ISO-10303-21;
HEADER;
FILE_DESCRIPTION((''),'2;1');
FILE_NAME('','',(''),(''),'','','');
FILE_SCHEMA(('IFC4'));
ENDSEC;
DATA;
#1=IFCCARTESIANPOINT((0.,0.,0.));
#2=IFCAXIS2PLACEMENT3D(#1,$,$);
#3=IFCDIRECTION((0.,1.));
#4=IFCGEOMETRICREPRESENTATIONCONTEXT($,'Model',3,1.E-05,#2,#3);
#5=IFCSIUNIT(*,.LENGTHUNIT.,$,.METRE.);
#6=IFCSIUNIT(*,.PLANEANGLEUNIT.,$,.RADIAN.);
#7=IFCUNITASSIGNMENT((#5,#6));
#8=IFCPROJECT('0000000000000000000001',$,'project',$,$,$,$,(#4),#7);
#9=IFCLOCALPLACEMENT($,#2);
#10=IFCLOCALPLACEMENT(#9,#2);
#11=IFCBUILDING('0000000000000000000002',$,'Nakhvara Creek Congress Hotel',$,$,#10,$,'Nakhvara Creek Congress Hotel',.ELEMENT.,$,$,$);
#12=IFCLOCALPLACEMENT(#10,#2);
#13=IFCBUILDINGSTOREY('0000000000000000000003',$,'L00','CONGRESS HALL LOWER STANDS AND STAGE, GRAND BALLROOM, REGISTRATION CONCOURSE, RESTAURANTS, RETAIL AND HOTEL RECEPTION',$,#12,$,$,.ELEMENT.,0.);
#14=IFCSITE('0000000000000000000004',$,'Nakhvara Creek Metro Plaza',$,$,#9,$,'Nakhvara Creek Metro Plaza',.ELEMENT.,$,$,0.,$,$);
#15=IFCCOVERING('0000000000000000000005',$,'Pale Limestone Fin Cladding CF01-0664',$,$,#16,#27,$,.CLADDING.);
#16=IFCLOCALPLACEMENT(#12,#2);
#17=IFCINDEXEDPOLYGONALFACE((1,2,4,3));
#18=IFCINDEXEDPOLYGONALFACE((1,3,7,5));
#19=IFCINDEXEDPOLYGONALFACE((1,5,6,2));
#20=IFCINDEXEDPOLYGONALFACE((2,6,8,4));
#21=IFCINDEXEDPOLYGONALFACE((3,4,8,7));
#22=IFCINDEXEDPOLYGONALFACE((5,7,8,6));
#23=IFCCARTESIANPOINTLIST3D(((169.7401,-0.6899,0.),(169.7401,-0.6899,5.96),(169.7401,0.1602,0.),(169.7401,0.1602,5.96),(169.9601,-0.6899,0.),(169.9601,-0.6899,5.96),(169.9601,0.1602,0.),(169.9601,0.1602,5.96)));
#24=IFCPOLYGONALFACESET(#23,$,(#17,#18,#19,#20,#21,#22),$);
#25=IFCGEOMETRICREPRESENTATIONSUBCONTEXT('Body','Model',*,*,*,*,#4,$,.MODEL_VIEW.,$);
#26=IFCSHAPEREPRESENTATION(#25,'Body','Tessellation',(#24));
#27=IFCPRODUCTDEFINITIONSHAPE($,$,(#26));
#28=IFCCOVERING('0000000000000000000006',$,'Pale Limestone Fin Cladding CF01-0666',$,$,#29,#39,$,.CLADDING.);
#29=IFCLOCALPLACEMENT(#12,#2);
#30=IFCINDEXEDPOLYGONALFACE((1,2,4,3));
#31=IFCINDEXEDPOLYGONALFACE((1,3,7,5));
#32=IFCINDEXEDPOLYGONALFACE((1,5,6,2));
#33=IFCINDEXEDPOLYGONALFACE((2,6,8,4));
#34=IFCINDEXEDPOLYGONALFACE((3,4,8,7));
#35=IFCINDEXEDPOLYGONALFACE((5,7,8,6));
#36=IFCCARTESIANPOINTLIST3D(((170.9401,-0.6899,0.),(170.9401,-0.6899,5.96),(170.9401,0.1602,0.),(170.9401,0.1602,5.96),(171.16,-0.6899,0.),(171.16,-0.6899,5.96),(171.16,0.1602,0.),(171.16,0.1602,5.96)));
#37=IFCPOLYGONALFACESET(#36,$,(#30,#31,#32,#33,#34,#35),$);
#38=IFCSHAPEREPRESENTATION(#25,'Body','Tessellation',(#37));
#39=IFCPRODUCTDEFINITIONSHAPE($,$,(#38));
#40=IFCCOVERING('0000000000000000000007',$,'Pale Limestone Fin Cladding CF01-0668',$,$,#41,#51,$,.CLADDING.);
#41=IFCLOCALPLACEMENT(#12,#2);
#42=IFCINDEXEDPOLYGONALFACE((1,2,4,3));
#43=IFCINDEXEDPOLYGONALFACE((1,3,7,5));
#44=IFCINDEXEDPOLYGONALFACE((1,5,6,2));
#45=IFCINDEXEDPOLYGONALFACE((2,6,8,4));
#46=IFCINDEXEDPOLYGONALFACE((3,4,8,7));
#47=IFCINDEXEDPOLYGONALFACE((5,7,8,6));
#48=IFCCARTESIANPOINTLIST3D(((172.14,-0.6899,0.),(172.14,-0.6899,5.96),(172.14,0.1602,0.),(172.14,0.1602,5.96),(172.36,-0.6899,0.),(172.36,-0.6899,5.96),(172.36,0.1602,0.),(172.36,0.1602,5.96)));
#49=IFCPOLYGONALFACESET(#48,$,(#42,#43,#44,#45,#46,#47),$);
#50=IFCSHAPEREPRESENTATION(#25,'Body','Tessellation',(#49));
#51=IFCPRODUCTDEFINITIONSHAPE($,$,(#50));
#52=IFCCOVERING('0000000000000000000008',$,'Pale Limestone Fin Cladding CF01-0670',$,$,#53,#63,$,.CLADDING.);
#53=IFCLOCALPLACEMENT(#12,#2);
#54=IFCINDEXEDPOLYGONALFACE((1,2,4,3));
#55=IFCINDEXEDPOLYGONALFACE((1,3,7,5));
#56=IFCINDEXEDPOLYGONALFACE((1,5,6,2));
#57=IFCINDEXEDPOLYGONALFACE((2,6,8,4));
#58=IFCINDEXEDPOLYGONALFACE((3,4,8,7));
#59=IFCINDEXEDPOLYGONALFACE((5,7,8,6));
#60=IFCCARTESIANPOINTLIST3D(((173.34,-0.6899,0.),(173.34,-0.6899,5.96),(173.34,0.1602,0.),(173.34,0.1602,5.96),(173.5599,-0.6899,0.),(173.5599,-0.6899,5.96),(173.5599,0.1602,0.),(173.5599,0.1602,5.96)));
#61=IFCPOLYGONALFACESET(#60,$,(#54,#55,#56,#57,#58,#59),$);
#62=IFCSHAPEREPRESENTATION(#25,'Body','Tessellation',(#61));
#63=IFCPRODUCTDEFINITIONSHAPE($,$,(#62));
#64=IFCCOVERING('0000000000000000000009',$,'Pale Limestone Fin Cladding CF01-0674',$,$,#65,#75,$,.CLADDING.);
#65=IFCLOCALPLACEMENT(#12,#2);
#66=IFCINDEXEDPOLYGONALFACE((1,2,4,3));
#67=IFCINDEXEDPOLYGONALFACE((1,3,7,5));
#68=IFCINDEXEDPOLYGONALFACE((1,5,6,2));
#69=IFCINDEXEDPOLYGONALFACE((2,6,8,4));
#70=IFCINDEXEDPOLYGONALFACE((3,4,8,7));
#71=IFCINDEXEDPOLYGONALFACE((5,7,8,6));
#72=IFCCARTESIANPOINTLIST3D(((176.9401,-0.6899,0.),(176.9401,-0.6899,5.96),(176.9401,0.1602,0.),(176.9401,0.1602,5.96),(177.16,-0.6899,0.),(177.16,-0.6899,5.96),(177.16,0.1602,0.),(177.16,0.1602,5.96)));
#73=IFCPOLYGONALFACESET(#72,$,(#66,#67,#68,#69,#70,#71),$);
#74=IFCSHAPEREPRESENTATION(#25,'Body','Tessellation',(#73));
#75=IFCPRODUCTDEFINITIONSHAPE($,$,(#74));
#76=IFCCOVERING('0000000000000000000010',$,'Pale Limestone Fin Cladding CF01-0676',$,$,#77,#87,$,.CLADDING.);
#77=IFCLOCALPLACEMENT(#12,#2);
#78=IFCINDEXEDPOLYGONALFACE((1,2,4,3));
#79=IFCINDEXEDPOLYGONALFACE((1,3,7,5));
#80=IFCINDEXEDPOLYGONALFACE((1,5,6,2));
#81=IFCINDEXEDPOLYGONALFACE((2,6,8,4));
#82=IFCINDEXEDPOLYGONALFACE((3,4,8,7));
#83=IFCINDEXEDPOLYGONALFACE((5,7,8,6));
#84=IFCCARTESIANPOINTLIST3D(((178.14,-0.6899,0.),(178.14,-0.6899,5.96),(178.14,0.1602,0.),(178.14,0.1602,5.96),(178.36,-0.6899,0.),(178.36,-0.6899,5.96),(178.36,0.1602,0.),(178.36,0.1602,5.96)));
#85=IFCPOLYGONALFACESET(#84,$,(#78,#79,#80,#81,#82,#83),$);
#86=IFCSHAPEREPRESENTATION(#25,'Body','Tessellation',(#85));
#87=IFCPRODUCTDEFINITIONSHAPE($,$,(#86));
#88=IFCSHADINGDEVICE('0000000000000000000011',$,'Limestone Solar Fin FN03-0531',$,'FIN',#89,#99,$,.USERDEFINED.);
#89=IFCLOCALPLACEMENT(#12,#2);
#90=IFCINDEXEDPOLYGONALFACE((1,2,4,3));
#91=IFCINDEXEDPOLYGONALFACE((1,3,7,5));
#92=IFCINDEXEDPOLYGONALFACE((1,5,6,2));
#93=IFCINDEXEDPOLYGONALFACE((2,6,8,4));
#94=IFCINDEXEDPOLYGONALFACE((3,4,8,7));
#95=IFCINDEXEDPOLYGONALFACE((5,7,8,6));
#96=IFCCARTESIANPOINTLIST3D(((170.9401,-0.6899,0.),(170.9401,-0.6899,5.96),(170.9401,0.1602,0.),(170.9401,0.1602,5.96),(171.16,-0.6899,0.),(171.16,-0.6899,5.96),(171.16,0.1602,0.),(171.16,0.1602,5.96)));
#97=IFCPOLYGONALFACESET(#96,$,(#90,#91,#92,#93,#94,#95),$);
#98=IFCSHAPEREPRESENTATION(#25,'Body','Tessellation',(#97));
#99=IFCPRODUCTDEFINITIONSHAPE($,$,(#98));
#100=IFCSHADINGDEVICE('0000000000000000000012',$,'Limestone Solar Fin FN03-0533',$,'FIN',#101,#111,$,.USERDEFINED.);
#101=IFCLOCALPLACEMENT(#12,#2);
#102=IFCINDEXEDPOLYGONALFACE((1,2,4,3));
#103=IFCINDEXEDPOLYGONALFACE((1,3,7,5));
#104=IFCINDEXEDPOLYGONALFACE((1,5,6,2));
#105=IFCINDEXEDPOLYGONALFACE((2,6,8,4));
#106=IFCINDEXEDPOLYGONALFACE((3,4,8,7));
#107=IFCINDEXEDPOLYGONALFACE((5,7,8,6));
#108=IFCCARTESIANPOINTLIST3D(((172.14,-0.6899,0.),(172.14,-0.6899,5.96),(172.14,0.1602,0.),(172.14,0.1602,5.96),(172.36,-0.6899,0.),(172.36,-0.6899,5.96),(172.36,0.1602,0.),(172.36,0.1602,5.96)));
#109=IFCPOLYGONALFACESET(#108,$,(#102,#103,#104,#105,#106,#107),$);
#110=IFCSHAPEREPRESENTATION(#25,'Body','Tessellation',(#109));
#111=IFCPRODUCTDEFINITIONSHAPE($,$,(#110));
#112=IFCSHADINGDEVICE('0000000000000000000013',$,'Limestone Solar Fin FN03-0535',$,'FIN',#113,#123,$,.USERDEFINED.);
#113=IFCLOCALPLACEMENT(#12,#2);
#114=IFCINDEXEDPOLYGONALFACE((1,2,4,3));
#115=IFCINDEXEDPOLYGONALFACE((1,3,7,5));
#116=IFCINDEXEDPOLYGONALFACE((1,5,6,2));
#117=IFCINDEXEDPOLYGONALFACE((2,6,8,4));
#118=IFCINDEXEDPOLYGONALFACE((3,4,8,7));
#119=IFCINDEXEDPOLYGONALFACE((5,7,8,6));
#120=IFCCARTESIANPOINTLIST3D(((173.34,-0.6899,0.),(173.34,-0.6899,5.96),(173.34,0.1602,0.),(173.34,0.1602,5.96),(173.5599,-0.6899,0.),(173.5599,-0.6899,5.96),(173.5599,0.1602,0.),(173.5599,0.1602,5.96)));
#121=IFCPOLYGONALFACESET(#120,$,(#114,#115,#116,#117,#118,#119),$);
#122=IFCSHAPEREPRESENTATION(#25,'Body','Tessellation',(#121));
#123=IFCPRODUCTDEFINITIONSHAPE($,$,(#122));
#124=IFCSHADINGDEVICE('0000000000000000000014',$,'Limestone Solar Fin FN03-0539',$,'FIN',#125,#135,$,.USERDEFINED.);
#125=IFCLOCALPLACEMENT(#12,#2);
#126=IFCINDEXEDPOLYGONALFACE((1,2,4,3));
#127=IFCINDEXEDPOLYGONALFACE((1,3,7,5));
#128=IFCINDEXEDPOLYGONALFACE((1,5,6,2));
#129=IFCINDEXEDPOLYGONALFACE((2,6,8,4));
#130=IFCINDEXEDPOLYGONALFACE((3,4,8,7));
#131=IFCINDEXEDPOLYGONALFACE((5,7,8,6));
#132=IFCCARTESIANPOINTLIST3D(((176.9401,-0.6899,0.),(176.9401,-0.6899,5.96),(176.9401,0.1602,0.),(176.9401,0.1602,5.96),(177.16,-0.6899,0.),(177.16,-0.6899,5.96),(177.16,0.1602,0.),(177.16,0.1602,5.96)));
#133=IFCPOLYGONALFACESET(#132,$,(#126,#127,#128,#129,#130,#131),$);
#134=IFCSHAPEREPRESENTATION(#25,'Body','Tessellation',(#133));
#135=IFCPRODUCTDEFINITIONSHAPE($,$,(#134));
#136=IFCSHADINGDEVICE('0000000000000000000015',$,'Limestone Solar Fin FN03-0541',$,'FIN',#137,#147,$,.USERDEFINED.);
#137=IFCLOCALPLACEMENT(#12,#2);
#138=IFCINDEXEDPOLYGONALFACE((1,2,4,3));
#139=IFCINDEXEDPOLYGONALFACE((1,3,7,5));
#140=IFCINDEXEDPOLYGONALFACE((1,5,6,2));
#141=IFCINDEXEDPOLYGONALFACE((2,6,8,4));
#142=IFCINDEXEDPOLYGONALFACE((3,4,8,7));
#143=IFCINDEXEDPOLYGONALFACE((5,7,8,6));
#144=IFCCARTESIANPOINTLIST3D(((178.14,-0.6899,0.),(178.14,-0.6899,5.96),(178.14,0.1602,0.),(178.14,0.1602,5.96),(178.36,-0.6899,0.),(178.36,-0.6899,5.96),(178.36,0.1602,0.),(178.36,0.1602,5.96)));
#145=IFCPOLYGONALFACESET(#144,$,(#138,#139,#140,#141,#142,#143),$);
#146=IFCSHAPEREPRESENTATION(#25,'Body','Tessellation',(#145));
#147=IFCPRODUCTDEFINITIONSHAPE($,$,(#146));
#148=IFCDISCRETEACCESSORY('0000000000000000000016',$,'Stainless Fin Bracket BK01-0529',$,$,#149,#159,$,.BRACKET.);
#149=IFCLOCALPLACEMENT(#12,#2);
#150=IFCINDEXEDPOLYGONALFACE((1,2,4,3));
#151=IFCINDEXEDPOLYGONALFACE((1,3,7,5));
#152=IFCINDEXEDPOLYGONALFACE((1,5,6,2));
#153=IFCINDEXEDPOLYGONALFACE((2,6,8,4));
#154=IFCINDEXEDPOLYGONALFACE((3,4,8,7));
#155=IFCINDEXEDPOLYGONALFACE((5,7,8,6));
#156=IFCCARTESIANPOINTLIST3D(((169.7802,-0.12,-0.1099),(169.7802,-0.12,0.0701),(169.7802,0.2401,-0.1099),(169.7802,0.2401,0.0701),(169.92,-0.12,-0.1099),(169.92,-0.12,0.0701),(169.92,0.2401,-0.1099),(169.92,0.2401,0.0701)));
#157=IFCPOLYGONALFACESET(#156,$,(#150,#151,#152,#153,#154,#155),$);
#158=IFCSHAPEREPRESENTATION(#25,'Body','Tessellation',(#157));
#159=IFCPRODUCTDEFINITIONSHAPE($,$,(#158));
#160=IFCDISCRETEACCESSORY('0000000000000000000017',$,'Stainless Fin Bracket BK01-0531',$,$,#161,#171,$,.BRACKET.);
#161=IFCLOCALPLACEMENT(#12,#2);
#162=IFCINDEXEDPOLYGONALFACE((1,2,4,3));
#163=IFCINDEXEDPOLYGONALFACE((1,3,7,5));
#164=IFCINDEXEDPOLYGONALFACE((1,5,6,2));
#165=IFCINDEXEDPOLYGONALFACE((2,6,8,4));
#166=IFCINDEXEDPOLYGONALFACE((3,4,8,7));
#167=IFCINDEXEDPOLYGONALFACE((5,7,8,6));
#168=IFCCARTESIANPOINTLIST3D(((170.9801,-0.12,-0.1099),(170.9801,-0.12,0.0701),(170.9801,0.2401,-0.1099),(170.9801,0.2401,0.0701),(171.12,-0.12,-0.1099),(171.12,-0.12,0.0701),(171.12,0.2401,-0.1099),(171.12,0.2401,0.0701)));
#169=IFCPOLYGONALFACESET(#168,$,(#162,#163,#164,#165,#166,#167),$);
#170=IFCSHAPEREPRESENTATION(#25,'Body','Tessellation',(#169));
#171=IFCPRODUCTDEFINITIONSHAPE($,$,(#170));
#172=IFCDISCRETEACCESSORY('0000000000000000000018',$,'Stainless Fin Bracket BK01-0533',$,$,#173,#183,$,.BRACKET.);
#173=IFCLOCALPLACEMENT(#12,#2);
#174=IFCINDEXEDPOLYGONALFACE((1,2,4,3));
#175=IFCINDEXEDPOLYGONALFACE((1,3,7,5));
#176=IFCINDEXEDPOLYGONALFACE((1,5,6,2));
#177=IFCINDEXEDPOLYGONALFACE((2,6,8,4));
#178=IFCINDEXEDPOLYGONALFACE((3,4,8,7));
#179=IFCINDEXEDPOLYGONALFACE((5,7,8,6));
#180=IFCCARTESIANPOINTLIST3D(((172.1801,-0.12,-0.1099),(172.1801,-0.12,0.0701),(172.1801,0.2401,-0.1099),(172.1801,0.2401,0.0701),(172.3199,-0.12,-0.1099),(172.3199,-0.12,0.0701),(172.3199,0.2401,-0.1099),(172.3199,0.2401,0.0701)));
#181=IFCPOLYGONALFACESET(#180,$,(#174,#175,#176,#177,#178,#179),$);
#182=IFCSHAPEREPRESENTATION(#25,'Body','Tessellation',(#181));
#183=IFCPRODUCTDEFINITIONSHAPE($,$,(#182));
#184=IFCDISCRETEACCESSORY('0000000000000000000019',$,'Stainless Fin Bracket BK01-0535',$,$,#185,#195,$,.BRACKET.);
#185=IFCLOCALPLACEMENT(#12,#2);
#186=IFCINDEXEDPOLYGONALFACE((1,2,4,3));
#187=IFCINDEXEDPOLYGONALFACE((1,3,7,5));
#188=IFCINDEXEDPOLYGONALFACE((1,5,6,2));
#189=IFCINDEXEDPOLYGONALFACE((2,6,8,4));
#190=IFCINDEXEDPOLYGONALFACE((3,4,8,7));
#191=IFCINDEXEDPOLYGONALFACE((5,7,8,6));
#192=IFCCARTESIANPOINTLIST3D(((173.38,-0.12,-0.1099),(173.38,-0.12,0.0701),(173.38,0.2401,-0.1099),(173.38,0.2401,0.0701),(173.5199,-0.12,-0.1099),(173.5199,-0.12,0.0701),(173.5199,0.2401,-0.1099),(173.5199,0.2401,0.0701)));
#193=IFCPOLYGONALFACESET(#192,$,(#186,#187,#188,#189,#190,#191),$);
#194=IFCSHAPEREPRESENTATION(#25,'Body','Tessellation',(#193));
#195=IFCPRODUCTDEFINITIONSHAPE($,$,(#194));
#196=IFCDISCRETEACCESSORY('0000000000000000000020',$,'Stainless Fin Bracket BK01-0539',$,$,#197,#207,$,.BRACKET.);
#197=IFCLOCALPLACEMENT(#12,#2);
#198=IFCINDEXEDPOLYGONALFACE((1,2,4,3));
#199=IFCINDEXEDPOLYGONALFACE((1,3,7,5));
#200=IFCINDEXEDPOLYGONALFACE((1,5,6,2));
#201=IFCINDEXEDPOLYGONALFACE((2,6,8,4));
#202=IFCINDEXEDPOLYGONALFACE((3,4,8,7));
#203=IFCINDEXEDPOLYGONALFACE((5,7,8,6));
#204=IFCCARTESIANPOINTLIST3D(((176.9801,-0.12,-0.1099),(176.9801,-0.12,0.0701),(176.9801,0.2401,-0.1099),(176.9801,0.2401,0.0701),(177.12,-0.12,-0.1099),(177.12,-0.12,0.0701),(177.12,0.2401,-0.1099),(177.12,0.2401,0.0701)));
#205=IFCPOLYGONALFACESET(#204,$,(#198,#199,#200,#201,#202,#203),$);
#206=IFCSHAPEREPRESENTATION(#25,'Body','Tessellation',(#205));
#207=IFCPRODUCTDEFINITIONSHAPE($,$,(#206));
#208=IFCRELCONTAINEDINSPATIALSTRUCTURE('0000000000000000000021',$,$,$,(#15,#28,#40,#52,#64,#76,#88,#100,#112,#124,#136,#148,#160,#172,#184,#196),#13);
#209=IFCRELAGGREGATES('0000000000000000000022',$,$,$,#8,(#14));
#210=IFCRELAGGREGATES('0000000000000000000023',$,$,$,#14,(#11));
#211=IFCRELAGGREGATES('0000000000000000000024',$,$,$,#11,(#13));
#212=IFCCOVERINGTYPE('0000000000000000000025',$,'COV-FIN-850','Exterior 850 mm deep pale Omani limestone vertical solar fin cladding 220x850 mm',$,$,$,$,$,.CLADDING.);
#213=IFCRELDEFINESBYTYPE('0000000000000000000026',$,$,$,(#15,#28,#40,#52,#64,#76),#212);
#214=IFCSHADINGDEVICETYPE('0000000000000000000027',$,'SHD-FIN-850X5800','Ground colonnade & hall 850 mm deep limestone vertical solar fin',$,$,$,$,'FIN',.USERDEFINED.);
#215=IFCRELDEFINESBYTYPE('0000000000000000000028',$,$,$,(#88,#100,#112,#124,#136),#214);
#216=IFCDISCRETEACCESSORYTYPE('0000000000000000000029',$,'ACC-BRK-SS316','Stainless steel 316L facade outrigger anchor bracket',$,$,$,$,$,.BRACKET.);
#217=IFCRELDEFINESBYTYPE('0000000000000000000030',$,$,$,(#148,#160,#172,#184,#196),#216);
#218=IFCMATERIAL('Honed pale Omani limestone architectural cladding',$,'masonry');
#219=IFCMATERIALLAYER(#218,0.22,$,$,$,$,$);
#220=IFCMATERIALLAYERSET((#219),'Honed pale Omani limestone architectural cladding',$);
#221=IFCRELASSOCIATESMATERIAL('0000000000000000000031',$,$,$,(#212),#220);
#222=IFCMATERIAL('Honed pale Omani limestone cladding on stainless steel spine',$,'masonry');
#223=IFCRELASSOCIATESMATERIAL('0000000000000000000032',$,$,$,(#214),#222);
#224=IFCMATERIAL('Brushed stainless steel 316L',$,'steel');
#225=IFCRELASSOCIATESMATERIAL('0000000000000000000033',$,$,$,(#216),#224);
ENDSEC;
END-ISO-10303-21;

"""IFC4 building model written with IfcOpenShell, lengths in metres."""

from ifc_helpers import new_model, si_unit, direction, frame, origin, origin_2d, place, context, subcontext, project, spatial, rectangle, extrude, material, layer, layer_set, type_object, element, save


model = new_model("IFC4")

# Units and contexts
model_context = context("Model", 3, precision=1e-05, world=origin(), true_north=direction((0.0, 1.0)))
body_context = subcontext(model_context, "Body", "Model", "MODEL_VIEW")
ifc_project = project(units=[si_unit("LENGTHUNIT", "METRE"), si_unit("PLANEANGLEUNIT", "RADIAN")], contexts=[model_context])

# Site, building, storey
site_placement = place(None, origin())
site = spatial("IfcSite", under=ifc_project, at=site_placement, Name="Nakhvara Creek Metro Plaza", LongName="Nakhvara Creek Metro Plaza", CompositionType="ELEMENT", RefElevation=0.0)
building_placement = place(site_placement, origin())
building = spatial("IfcBuilding", under=site, at=building_placement, Name="Nakhvara Creek Congress Hotel", LongName="Nakhvara Creek Congress Hotel", CompositionType="ELEMENT")
storey_placement = place(building_placement, origin())
storey = spatial("IfcBuildingStorey", under=building, at=storey_placement, Name="L00", Description="CONGRESS HALL LOWER STANDS AND STAGE, GRAND BALLROOM, REGISTRATION CONCOURSE, RESTAURANTS, RETAIL AND HOTEL RECEPTION", CompositionType="ELEMENT", Elevation=0.0)

# Coverings
ifc_material_1 = material(Name="Honed pale Omani limestone architectural cladding", Category="masonry")
ifc_layer = layer(ifc_material_1, 0.22)
ifc_layer_set = layer_set([ifc_layer], Name="Honed pale Omani limestone architectural cladding")
covering_type = type_object("IfcCoveringType", Name="COV-FIN-850", Description="Exterior 850 mm deep pale Omani limestone vertical solar fin cladding 220x850 mm", PredefinedType="CLADDING", material=ifc_layer_set)
for number, where, z_axis, x_axis, name in (
    (1, (169.8501, -0.2649, 0.0), (0.0, 0.0, 1.0), (1.0, 0.0, 0.0), "Pale Limestone Fin Cladding CF01-0664"),
    (2, (171.05, -0.2649, 0.0), (0.0, 0.0, 1.0), (1.0, 0.0, 0.0), "Pale Limestone Fin Cladding CF01-0666"),
    (3, (172.25, -0.2649, 0.0), (0.0, 0.0, 1.0), (1.0, 0.0, 0.0), "Pale Limestone Fin Cladding CF01-0668"),
    (4, (173.45, -0.2649, 0.0), (0.0, 0.0, 1.0), (1.0, 0.0, 0.0), "Pale Limestone Fin Cladding CF01-0670"),
    (5, (177.05, -0.2649, 0.0), (0.0, 0.0, 1.0), (1.0, 0.0, 0.0), "Pale Limestone Fin Cladding CF01-0674"),
    (6, (178.25, -0.2649, 0.0), (0.0, 0.0, 1.0), (1.0, 0.0, 0.0), "Pale Limestone Fin Cladding CF01-0676"),
):
    element("IfcCovering", number, at=place(storey_placement, frame(where, z_axis=z_axis, x_axis=x_axis)), inside=storey, type_object=covering_type, Name=name, PredefinedType="CLADDING", context=body_context, shape_type="SweptSolid", body=[
        extrude(rectangle(XDim=0.22, YDim=0.8501, at=origin_2d()), origin(), (0.0, 0.0, 1.0), 5.96),
    ])

# Shading devices
ifc_material_2 = material(Name="Honed pale Omani limestone cladding on stainless steel spine", Category="masonry")
shading_device_type = type_object("IfcShadingDeviceType", Name="SHD-FIN-850X5800", Description="Ground colonnade & hall 850 mm deep limestone vertical solar fin", ElementType="FIN", PredefinedType="USERDEFINED", material=ifc_material_2)
for number, where, z_axis, x_axis, name in (
    (7, (171.05, -0.2649, 0.0), (0.0, 0.0, 1.0), (1.0, 0.0, 0.0), "Limestone Solar Fin FN03-0531"),
    (8, (172.25, -0.2649, 0.0), (0.0, 0.0, 1.0), (1.0, 0.0, 0.0), "Limestone Solar Fin FN03-0533"),
    (9, (173.45, -0.2649, 0.0), (0.0, 0.0, 1.0), (1.0, 0.0, 0.0), "Limestone Solar Fin FN03-0535"),
    (10, (177.05, -0.2649, 0.0), (0.0, 0.0, 1.0), (1.0, 0.0, 0.0), "Limestone Solar Fin FN03-0539"),
    (11, (178.25, -0.2649, 0.0), (0.0, 0.0, 1.0), (1.0, 0.0, 0.0), "Limestone Solar Fin FN03-0541"),
):
    element("IfcShadingDevice", number, at=place(storey_placement, frame(where, z_axis=z_axis, x_axis=x_axis)), inside=storey, type_object=shading_device_type, Name=name, ObjectType="FIN", PredefinedType="USERDEFINED", context=body_context, shape_type="SweptSolid", body=[
        extrude(rectangle(XDim=0.22, YDim=0.8501, at=origin_2d()), origin(), (0.0, 0.0, 1.0), 5.96),
    ])

# Discrete accessories
ifc_material_3 = material(Name="Brushed stainless steel 316L", Category="steel")
discrete_accessory_type = type_object("IfcDiscreteAccessoryType", Name="ACC-BRK-SS316", Description="Stainless steel 316L facade outrigger anchor bracket", PredefinedType="BRACKET", material=ifc_material_3)
for number, where, z_axis, x_axis, name in (
    (12, (169.8501, 0.0601, -0.1099), (0.0, 0.0, 1.0), (1.0, 0.0, 0.0), "Stainless Fin Bracket BK01-0529"),
    (13, (171.05, 0.0601, -0.1099), (0.0, 0.0, 1.0), (1.0, 0.0, 0.0), "Stainless Fin Bracket BK01-0531"),
    (14, (172.25, 0.0601, -0.1099), (0.0, 0.0, 1.0), (1.0, 0.0, 0.0), "Stainless Fin Bracket BK01-0533"),
    (15, (173.45, 0.0601, -0.1099), (0.0, 0.0, 1.0), (1.0, 0.0, 0.0), "Stainless Fin Bracket BK01-0535"),
    (16, (177.05, 0.0601, -0.1099), (0.0, 0.0, 1.0), (1.0, 0.0, 0.0), "Stainless Fin Bracket BK01-0539"),
):
    element("IfcDiscreteAccessory", number, at=place(storey_placement, frame(where, z_axis=z_axis, x_axis=x_axis)), inside=storey, type_object=discrete_accessory_type, Name=name, PredefinedType="BRACKET", context=body_context, shape_type="SweptSolid", body=[
        extrude(rectangle(XDim=0.1399, YDim=0.3601, at=origin_2d()), origin(), (0.0, 0.0, 1.0), 0.1799),
    ])

save(model, "model.ifc")
